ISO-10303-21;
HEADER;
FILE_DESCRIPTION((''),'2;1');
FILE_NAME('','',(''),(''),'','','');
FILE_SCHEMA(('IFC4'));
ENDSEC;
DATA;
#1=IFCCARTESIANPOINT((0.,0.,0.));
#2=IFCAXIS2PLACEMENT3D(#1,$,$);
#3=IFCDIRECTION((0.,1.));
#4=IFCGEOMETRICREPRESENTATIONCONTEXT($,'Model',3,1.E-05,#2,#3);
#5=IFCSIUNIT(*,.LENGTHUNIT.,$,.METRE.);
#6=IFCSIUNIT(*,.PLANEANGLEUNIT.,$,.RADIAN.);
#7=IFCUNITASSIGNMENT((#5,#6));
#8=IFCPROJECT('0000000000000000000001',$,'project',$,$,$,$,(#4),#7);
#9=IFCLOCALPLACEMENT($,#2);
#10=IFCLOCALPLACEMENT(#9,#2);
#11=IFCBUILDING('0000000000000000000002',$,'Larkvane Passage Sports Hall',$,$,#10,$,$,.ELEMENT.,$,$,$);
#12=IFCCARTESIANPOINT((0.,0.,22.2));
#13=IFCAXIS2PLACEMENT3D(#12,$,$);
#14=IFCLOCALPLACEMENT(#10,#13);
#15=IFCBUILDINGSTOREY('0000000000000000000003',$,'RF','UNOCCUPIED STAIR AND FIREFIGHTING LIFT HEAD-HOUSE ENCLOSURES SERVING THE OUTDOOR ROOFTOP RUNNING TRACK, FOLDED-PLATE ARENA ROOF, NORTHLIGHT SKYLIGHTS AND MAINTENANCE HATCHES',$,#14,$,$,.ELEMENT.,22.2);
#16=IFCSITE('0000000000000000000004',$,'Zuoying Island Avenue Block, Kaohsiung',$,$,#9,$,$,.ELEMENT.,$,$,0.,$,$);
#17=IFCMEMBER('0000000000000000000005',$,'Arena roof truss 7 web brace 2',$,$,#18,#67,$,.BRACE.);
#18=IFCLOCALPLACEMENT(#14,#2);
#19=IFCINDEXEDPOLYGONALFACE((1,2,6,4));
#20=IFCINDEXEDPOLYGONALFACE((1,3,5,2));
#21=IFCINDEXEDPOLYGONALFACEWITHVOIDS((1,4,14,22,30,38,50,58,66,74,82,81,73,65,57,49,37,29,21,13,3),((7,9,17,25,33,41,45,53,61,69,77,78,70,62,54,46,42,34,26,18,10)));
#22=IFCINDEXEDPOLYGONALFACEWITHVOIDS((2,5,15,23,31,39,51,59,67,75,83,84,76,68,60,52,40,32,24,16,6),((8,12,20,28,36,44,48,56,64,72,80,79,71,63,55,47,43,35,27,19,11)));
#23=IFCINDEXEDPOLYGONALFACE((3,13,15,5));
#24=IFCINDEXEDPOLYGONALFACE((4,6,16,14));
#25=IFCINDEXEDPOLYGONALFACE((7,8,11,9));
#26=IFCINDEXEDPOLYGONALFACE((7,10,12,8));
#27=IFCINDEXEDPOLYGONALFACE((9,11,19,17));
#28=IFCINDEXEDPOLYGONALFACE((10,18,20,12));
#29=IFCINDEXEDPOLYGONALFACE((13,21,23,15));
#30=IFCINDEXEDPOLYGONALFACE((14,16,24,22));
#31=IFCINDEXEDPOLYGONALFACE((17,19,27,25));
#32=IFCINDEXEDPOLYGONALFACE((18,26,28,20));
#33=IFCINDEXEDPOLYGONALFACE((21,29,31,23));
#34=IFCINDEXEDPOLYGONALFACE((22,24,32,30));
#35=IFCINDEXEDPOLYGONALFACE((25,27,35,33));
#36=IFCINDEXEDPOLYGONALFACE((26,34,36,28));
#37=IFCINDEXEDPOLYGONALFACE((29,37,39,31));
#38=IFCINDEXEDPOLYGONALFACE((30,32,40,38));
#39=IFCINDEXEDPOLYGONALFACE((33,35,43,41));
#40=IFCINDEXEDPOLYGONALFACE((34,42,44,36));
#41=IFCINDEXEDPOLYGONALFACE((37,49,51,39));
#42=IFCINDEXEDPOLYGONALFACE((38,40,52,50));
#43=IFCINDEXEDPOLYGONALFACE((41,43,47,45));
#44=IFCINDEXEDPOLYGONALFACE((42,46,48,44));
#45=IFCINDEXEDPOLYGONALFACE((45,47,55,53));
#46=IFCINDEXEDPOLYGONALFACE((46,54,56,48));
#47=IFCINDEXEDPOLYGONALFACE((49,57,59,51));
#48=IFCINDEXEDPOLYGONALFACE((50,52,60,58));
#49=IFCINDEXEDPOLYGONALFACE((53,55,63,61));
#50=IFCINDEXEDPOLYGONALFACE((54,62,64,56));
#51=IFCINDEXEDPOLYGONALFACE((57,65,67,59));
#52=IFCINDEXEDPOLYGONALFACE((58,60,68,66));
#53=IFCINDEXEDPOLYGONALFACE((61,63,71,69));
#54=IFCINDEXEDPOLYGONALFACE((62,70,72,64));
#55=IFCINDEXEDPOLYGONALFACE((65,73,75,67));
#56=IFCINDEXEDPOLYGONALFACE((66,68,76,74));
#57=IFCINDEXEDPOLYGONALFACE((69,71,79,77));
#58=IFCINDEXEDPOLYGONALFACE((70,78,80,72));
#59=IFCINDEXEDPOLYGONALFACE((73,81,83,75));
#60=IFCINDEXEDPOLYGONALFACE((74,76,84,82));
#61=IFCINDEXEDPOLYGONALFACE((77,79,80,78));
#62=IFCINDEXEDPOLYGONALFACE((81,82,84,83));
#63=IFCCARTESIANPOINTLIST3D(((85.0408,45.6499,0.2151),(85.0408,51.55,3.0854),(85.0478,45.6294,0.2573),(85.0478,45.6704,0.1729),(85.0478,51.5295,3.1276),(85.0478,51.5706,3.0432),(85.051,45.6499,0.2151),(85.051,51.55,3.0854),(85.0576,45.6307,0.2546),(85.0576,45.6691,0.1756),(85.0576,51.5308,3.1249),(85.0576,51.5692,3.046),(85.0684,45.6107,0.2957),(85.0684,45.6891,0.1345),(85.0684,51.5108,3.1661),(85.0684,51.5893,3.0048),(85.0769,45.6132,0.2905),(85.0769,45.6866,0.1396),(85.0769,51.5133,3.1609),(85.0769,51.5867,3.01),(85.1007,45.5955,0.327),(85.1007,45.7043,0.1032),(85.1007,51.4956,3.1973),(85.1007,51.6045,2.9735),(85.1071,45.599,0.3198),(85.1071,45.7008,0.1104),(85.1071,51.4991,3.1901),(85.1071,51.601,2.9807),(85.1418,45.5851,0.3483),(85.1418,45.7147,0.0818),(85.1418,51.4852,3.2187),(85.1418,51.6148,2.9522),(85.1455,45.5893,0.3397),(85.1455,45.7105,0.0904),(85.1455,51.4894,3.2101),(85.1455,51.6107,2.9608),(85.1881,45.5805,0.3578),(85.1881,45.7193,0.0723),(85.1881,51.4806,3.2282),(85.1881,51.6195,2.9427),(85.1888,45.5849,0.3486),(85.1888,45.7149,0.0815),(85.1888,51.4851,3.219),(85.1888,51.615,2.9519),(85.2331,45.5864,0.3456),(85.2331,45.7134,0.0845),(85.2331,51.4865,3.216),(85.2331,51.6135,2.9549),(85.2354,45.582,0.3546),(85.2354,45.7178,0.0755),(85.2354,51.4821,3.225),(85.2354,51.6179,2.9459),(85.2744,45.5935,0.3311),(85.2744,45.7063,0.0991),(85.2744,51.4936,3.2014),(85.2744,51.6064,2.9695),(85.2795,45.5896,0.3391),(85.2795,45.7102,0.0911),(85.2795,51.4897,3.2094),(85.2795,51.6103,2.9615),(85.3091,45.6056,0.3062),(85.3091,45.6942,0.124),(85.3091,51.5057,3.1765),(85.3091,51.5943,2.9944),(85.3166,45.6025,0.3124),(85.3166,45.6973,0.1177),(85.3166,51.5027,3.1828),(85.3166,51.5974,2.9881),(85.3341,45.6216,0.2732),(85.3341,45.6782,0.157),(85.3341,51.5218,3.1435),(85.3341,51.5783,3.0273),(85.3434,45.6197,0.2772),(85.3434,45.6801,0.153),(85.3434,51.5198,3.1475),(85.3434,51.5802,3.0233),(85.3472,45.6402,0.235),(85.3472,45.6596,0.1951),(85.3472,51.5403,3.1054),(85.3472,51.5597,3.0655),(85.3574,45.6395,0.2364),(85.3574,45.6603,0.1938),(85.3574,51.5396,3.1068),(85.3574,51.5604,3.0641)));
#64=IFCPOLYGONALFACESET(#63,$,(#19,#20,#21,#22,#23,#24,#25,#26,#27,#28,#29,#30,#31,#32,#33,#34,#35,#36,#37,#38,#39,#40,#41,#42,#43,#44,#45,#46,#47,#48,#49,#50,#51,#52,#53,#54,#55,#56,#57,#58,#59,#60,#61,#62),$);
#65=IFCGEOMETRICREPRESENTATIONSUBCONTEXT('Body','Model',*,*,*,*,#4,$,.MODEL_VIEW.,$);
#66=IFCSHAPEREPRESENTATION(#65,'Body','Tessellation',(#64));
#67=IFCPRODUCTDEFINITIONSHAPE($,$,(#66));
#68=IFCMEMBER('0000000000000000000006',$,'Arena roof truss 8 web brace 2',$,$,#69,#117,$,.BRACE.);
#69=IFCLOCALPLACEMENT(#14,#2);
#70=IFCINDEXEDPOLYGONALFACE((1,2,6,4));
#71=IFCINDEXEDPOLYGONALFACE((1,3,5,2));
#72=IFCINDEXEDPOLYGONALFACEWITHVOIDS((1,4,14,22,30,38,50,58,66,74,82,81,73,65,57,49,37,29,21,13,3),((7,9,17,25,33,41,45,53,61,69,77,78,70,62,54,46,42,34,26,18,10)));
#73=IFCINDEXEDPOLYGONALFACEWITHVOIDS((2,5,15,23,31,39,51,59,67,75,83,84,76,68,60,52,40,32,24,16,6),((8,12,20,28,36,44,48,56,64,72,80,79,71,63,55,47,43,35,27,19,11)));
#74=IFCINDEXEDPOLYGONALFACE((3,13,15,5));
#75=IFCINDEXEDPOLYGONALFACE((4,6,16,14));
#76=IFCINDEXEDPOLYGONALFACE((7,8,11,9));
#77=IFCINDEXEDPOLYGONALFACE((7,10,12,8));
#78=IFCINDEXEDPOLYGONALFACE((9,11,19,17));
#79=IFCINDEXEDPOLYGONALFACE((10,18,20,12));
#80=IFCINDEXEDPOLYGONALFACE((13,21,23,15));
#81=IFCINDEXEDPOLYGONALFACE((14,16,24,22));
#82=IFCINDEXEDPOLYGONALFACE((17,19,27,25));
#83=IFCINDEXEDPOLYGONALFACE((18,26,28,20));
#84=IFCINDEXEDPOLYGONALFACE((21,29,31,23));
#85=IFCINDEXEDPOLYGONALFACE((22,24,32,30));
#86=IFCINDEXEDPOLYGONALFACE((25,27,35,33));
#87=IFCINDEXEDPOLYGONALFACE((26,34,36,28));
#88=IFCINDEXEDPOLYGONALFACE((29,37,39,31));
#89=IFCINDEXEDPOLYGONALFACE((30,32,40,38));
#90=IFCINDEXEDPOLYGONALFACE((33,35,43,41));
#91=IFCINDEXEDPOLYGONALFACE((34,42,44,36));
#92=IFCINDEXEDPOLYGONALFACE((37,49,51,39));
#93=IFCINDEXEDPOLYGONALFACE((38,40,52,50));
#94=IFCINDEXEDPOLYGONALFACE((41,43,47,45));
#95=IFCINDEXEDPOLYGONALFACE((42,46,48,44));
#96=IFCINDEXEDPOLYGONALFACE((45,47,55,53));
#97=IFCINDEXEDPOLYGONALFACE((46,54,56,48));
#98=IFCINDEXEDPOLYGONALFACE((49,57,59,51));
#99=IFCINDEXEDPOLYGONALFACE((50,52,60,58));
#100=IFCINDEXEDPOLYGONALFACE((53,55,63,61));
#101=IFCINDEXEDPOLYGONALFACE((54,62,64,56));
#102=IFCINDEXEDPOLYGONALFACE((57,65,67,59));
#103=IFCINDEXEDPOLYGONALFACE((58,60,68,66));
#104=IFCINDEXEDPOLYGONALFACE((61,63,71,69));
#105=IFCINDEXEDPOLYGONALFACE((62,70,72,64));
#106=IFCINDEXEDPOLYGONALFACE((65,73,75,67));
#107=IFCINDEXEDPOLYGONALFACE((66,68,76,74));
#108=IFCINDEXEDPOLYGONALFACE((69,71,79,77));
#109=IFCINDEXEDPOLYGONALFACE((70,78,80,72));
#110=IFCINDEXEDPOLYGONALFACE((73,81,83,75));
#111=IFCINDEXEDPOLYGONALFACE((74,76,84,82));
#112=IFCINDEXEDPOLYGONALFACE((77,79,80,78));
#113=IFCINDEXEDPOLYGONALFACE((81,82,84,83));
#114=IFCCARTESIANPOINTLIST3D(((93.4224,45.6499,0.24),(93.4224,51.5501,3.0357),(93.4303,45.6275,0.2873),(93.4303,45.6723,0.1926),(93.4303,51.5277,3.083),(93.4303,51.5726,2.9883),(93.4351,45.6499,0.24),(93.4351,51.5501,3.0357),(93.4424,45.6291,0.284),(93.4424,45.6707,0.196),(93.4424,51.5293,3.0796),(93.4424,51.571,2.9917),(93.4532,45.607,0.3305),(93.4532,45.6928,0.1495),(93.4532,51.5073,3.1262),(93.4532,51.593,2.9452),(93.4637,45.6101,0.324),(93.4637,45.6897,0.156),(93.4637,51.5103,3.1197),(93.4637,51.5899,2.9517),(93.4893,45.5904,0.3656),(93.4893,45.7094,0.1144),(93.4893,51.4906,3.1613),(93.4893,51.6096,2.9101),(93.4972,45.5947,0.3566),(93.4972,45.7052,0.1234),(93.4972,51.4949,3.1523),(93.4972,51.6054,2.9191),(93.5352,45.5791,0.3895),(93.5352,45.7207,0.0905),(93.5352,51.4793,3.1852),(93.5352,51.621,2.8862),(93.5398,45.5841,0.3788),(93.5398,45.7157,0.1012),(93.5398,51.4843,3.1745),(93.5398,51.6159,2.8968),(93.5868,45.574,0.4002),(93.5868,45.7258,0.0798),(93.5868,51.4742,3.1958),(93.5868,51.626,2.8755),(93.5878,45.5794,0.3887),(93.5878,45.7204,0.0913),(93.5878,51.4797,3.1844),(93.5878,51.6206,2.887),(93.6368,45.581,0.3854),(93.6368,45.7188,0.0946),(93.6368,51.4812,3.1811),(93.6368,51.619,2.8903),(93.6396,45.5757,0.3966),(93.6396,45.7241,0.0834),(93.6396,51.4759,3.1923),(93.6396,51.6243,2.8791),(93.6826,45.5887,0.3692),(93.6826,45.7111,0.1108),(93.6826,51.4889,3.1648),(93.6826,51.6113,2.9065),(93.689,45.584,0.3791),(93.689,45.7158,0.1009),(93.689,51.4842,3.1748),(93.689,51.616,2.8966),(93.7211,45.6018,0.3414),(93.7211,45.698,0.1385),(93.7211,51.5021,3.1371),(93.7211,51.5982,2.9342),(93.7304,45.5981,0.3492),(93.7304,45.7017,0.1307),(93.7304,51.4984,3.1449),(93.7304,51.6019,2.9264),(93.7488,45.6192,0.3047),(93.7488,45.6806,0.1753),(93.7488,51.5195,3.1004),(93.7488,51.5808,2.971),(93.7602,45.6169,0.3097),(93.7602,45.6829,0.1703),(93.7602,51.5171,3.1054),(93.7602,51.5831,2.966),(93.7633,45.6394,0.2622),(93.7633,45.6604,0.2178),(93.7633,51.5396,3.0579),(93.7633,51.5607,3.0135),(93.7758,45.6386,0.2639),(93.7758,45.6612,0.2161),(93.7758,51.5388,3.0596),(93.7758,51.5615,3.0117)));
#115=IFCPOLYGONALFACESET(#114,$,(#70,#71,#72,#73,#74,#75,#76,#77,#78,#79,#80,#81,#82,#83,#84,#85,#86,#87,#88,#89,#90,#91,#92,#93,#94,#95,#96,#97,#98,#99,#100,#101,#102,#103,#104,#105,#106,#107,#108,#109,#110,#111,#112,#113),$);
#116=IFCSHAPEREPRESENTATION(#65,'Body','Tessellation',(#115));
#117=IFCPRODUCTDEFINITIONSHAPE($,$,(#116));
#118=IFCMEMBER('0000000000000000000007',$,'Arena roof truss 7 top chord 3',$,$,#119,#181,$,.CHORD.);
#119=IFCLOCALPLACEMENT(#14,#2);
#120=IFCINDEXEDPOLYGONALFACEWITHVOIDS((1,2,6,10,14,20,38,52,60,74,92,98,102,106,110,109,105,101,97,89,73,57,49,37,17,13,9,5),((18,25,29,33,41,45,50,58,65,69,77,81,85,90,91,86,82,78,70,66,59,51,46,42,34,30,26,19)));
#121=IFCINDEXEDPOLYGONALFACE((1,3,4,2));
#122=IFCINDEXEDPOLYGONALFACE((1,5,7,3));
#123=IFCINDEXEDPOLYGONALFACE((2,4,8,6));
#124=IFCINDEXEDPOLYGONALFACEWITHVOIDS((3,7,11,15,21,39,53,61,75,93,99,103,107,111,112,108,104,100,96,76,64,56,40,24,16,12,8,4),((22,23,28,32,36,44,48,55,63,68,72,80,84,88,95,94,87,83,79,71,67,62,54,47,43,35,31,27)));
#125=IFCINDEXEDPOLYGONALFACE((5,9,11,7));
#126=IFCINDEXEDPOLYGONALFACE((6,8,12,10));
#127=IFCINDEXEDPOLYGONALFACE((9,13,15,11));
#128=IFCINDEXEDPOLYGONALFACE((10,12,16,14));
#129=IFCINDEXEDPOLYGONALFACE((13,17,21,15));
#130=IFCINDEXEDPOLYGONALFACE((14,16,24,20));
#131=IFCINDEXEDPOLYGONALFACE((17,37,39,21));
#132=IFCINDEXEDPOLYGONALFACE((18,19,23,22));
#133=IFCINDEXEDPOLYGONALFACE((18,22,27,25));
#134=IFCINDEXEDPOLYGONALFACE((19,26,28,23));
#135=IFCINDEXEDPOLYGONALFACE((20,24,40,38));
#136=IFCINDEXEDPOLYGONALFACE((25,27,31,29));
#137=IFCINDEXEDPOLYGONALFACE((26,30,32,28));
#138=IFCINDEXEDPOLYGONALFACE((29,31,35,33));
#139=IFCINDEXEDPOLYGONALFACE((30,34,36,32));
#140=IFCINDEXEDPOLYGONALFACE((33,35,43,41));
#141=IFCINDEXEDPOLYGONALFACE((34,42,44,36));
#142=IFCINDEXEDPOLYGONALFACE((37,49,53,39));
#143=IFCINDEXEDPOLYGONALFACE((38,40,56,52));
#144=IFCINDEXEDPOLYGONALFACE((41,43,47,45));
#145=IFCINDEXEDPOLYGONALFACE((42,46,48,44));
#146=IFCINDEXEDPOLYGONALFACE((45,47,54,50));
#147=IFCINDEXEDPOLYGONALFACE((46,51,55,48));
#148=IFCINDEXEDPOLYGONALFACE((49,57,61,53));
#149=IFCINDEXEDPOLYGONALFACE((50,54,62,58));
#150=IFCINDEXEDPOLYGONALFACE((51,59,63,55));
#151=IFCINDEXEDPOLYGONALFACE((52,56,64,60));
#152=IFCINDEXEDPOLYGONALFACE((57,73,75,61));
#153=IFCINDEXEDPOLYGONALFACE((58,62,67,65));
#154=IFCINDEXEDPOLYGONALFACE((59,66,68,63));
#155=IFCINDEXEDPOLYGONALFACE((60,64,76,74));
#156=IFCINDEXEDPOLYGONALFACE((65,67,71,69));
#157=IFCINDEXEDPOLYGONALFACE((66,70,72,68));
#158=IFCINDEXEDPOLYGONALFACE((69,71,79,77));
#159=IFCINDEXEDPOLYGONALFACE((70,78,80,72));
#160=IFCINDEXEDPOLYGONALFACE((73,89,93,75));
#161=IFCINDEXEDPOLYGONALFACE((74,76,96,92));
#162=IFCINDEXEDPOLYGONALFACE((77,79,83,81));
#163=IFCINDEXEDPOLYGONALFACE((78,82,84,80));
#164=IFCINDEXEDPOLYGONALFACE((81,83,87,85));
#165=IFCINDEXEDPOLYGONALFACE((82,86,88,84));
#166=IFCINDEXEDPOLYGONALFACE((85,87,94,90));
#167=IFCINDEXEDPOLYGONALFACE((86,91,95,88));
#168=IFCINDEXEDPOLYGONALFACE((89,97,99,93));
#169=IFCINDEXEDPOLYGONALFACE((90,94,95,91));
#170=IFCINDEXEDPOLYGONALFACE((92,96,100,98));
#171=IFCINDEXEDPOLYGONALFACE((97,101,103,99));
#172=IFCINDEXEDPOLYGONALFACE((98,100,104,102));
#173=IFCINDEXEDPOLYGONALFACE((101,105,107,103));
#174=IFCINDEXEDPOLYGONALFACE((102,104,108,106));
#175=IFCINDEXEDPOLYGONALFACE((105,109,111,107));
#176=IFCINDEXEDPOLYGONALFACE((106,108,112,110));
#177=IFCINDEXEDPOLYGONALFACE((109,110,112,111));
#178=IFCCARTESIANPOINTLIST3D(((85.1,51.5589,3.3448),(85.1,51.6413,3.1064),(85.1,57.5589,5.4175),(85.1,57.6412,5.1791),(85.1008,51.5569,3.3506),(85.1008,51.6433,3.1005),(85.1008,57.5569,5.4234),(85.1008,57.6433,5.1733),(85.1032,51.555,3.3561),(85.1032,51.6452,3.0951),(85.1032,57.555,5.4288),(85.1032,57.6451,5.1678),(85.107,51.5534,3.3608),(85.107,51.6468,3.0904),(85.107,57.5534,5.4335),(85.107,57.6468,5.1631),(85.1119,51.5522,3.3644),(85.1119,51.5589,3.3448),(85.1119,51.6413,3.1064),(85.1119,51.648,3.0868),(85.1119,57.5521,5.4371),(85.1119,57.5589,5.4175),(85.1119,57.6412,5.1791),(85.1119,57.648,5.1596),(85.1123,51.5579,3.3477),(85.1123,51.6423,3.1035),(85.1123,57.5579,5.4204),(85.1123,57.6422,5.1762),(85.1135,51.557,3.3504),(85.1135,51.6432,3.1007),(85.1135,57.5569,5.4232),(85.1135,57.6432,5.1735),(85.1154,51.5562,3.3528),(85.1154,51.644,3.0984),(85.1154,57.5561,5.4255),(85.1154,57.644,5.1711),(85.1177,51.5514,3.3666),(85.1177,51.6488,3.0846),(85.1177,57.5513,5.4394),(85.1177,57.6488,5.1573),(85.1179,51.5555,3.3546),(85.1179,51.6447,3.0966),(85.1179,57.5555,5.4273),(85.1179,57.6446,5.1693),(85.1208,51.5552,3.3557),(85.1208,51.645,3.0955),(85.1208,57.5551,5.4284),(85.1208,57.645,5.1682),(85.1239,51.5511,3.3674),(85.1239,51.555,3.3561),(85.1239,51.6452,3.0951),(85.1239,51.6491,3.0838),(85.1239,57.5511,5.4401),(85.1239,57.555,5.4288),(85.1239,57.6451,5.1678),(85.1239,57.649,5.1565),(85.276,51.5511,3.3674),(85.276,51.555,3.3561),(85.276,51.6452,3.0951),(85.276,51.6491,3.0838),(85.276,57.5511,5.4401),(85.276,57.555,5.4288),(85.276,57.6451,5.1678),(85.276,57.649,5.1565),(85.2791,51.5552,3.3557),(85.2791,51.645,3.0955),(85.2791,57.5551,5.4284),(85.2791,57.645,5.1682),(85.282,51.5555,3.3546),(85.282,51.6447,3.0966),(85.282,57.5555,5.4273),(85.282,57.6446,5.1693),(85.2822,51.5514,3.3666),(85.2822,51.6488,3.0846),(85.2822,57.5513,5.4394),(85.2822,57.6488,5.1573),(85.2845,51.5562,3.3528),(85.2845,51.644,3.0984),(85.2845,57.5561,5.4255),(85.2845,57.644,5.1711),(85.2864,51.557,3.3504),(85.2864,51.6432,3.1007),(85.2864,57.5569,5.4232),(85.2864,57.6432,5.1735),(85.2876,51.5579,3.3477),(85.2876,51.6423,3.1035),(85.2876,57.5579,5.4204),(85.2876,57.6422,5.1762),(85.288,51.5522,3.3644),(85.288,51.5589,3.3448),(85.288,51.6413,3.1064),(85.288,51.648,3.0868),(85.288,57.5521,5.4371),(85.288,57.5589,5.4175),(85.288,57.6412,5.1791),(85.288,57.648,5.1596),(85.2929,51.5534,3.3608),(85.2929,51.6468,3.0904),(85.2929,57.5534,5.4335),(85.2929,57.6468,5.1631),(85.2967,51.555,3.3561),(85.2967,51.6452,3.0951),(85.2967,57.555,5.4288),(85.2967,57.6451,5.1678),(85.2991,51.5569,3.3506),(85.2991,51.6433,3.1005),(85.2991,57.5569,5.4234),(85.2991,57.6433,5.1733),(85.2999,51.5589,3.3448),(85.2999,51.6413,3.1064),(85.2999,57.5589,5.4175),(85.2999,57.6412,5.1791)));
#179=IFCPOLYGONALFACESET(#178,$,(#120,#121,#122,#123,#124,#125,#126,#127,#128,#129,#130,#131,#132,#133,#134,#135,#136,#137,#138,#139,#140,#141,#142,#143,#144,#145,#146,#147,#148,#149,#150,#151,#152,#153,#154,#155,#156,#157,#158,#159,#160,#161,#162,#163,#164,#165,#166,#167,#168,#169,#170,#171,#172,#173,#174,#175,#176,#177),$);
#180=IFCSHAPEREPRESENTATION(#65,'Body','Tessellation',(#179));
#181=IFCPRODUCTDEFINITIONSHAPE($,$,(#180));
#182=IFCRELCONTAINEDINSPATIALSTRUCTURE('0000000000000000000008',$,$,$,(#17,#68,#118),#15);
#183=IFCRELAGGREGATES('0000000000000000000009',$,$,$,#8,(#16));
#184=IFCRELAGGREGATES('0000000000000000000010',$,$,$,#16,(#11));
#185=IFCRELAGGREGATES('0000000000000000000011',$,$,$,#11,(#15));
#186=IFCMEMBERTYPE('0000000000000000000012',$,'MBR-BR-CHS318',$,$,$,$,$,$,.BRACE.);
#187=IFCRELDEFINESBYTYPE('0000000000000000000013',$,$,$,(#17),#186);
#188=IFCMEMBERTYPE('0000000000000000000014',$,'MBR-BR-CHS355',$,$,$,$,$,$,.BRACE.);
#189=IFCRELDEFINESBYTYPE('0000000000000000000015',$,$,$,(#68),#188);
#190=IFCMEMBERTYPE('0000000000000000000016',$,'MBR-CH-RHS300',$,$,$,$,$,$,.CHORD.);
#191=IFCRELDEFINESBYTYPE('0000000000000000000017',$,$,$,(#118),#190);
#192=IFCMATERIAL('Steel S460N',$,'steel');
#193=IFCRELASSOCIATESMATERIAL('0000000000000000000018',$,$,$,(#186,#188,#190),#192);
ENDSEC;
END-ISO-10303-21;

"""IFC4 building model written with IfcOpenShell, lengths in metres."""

from ifc_helpers import new_model, si_unit, direction, frame, origin, origin_2d, place, context, subcontext, project, spatial, hollow_rectangle, hollow_circle, extrude, material, material_profile, profile_set, type_object, element, save


model = new_model("IFC4")

# Units and contexts
model_context = context("Model", 3, precision=1e-05, world=origin(), true_north=direction((0.0, 1.0)))
body_context = subcontext(model_context, "Body", "Model", "MODEL_VIEW")
ifc_project = project(units=[si_unit("LENGTHUNIT", "METRE"), si_unit("PLANEANGLEUNIT", "RADIAN")], contexts=[model_context])

# Site, building, storey
site_placement = place(None, origin())
site = spatial("IfcSite", under=ifc_project, at=site_placement, Name="Zuoying Island Avenue Block, Kaohsiung", CompositionType="ELEMENT", RefElevation=0.0)
building_placement = place(site_placement, origin())
building = spatial("IfcBuilding", under=site, at=building_placement, Name="Larkvane Passage Sports Hall", CompositionType="ELEMENT")
storey_placement = place(building_placement, frame((0.0, 0.0, 22.2)))
storey = spatial("IfcBuildingStorey", under=building, at=storey_placement, Name="RF", Description="UNOCCUPIED STAIR AND FIREFIGHTING LIFT HEAD-HOUSE ENCLOSURES SERVING THE OUTDOOR ROOFTOP RUNNING TRACK, FOLDED-PLATE ARENA ROOF, NORTHLIGHT SKYLIGHTS AND MAINTENANCE HATCHES", CompositionType="ELEMENT", Elevation=22.2)

# Members
ifc_material_1 = material(Name="Steel S460N", Category="steel")
ifc_material_profile_1 = material_profile(ifc_material_1, hollow_circle(Radius=0.1592, WallThickness=0.0103, at=origin_2d()), Name="CHS-318.5x10.3")
ifc_profile_set_1 = profile_set([ifc_material_profile_1], Name="Steel S460N")
member_type_1 = type_object("IfcMemberType", Name="MBR-BR-CHS318", PredefinedType="BRACE", material=ifc_profile_set_1)
member_1_placement = place(storey_placement, frame((85.2, 45.6499, 0.2151), z_axis=(0.0, 0.899234, 0.437468), x_axis=(-1.0, 0.0, 0.0)))
element("IfcMember", 1, at=member_1_placement, inside=storey, type_object=member_type_1, Name="Arena roof truss 7 web brace 2", PredefinedType="BRACE", context=body_context, shape_type="SweptSolid", body=[
    extrude(hollow_circle(Radius=0.1592, WallThickness=0.0103, at=origin_2d()), origin(), (0.0, 0.0, 1.0), 6.5613),
])
ifc_material_profile_2 = material_profile(ifc_material_1, hollow_circle(Radius=0.1777, WallThickness=0.0127, at=origin_2d()), Name="CHS-355.6x12.7")
ifc_profile_set_2 = profile_set([ifc_material_profile_2], Name="Steel S460N")
member_type_2 = type_object("IfcMemberType", Name="MBR-BR-CHS355", PredefinedType="BRACE", material=ifc_profile_set_2)
member_2_placement = place(storey_placement, frame((93.6001, 45.6499, 0.24), z_axis=(0.0, 0.903688, 0.428192), x_axis=(-1.0, 0.0, 0.0)))
element("IfcMember", 2, at=member_2_placement, inside=storey, type_object=member_type_2, Name="Arena roof truss 8 web brace 2", PredefinedType="BRACE", context=body_context, shape_type="SweptSolid", body=[
    extrude(hollow_circle(Radius=0.1777, WallThickness=0.0127, at=origin_2d()), origin(), (0.0, 0.0, 1.0), 6.5291),
])
ifc_material_profile_3 = material_profile(ifc_material_1, hollow_rectangle(XDim=0.2, YDim=0.3, WallThickness=0.012, InnerFilletRadius=0.012, OuterFilletRadius=0.0239, at=origin_2d()), Name="RHS-300x200x12")
ifc_profile_set_3 = profile_set([ifc_material_profile_3], Name="Steel S460N")
member_type_3 = type_object("IfcMemberType", Name="MBR-CH-RHS300", PredefinedType="CHORD", material=ifc_profile_set_3)
member_3_placement = place(storey_placement, frame((85.2, 51.6001, 3.2256), z_axis=(0.0, 0.945189, 0.326524), x_axis=(-1.0, 0.0, 0.0)))
element("IfcMember", 3, at=member_3_placement, inside=storey, type_object=member_type_3, Name="Arena roof truss 7 top chord 3", PredefinedType="CHORD", context=body_context, shape_type="SweptSolid", body=[
    extrude(hollow_rectangle(XDim=0.2, YDim=0.3, WallThickness=0.012, InnerFilletRadius=0.012, OuterFilletRadius=0.0239, at=origin_2d()), origin(), (0.0, 0.0, 1.0), 6.3479),
])

save(model, "model.ifc")
